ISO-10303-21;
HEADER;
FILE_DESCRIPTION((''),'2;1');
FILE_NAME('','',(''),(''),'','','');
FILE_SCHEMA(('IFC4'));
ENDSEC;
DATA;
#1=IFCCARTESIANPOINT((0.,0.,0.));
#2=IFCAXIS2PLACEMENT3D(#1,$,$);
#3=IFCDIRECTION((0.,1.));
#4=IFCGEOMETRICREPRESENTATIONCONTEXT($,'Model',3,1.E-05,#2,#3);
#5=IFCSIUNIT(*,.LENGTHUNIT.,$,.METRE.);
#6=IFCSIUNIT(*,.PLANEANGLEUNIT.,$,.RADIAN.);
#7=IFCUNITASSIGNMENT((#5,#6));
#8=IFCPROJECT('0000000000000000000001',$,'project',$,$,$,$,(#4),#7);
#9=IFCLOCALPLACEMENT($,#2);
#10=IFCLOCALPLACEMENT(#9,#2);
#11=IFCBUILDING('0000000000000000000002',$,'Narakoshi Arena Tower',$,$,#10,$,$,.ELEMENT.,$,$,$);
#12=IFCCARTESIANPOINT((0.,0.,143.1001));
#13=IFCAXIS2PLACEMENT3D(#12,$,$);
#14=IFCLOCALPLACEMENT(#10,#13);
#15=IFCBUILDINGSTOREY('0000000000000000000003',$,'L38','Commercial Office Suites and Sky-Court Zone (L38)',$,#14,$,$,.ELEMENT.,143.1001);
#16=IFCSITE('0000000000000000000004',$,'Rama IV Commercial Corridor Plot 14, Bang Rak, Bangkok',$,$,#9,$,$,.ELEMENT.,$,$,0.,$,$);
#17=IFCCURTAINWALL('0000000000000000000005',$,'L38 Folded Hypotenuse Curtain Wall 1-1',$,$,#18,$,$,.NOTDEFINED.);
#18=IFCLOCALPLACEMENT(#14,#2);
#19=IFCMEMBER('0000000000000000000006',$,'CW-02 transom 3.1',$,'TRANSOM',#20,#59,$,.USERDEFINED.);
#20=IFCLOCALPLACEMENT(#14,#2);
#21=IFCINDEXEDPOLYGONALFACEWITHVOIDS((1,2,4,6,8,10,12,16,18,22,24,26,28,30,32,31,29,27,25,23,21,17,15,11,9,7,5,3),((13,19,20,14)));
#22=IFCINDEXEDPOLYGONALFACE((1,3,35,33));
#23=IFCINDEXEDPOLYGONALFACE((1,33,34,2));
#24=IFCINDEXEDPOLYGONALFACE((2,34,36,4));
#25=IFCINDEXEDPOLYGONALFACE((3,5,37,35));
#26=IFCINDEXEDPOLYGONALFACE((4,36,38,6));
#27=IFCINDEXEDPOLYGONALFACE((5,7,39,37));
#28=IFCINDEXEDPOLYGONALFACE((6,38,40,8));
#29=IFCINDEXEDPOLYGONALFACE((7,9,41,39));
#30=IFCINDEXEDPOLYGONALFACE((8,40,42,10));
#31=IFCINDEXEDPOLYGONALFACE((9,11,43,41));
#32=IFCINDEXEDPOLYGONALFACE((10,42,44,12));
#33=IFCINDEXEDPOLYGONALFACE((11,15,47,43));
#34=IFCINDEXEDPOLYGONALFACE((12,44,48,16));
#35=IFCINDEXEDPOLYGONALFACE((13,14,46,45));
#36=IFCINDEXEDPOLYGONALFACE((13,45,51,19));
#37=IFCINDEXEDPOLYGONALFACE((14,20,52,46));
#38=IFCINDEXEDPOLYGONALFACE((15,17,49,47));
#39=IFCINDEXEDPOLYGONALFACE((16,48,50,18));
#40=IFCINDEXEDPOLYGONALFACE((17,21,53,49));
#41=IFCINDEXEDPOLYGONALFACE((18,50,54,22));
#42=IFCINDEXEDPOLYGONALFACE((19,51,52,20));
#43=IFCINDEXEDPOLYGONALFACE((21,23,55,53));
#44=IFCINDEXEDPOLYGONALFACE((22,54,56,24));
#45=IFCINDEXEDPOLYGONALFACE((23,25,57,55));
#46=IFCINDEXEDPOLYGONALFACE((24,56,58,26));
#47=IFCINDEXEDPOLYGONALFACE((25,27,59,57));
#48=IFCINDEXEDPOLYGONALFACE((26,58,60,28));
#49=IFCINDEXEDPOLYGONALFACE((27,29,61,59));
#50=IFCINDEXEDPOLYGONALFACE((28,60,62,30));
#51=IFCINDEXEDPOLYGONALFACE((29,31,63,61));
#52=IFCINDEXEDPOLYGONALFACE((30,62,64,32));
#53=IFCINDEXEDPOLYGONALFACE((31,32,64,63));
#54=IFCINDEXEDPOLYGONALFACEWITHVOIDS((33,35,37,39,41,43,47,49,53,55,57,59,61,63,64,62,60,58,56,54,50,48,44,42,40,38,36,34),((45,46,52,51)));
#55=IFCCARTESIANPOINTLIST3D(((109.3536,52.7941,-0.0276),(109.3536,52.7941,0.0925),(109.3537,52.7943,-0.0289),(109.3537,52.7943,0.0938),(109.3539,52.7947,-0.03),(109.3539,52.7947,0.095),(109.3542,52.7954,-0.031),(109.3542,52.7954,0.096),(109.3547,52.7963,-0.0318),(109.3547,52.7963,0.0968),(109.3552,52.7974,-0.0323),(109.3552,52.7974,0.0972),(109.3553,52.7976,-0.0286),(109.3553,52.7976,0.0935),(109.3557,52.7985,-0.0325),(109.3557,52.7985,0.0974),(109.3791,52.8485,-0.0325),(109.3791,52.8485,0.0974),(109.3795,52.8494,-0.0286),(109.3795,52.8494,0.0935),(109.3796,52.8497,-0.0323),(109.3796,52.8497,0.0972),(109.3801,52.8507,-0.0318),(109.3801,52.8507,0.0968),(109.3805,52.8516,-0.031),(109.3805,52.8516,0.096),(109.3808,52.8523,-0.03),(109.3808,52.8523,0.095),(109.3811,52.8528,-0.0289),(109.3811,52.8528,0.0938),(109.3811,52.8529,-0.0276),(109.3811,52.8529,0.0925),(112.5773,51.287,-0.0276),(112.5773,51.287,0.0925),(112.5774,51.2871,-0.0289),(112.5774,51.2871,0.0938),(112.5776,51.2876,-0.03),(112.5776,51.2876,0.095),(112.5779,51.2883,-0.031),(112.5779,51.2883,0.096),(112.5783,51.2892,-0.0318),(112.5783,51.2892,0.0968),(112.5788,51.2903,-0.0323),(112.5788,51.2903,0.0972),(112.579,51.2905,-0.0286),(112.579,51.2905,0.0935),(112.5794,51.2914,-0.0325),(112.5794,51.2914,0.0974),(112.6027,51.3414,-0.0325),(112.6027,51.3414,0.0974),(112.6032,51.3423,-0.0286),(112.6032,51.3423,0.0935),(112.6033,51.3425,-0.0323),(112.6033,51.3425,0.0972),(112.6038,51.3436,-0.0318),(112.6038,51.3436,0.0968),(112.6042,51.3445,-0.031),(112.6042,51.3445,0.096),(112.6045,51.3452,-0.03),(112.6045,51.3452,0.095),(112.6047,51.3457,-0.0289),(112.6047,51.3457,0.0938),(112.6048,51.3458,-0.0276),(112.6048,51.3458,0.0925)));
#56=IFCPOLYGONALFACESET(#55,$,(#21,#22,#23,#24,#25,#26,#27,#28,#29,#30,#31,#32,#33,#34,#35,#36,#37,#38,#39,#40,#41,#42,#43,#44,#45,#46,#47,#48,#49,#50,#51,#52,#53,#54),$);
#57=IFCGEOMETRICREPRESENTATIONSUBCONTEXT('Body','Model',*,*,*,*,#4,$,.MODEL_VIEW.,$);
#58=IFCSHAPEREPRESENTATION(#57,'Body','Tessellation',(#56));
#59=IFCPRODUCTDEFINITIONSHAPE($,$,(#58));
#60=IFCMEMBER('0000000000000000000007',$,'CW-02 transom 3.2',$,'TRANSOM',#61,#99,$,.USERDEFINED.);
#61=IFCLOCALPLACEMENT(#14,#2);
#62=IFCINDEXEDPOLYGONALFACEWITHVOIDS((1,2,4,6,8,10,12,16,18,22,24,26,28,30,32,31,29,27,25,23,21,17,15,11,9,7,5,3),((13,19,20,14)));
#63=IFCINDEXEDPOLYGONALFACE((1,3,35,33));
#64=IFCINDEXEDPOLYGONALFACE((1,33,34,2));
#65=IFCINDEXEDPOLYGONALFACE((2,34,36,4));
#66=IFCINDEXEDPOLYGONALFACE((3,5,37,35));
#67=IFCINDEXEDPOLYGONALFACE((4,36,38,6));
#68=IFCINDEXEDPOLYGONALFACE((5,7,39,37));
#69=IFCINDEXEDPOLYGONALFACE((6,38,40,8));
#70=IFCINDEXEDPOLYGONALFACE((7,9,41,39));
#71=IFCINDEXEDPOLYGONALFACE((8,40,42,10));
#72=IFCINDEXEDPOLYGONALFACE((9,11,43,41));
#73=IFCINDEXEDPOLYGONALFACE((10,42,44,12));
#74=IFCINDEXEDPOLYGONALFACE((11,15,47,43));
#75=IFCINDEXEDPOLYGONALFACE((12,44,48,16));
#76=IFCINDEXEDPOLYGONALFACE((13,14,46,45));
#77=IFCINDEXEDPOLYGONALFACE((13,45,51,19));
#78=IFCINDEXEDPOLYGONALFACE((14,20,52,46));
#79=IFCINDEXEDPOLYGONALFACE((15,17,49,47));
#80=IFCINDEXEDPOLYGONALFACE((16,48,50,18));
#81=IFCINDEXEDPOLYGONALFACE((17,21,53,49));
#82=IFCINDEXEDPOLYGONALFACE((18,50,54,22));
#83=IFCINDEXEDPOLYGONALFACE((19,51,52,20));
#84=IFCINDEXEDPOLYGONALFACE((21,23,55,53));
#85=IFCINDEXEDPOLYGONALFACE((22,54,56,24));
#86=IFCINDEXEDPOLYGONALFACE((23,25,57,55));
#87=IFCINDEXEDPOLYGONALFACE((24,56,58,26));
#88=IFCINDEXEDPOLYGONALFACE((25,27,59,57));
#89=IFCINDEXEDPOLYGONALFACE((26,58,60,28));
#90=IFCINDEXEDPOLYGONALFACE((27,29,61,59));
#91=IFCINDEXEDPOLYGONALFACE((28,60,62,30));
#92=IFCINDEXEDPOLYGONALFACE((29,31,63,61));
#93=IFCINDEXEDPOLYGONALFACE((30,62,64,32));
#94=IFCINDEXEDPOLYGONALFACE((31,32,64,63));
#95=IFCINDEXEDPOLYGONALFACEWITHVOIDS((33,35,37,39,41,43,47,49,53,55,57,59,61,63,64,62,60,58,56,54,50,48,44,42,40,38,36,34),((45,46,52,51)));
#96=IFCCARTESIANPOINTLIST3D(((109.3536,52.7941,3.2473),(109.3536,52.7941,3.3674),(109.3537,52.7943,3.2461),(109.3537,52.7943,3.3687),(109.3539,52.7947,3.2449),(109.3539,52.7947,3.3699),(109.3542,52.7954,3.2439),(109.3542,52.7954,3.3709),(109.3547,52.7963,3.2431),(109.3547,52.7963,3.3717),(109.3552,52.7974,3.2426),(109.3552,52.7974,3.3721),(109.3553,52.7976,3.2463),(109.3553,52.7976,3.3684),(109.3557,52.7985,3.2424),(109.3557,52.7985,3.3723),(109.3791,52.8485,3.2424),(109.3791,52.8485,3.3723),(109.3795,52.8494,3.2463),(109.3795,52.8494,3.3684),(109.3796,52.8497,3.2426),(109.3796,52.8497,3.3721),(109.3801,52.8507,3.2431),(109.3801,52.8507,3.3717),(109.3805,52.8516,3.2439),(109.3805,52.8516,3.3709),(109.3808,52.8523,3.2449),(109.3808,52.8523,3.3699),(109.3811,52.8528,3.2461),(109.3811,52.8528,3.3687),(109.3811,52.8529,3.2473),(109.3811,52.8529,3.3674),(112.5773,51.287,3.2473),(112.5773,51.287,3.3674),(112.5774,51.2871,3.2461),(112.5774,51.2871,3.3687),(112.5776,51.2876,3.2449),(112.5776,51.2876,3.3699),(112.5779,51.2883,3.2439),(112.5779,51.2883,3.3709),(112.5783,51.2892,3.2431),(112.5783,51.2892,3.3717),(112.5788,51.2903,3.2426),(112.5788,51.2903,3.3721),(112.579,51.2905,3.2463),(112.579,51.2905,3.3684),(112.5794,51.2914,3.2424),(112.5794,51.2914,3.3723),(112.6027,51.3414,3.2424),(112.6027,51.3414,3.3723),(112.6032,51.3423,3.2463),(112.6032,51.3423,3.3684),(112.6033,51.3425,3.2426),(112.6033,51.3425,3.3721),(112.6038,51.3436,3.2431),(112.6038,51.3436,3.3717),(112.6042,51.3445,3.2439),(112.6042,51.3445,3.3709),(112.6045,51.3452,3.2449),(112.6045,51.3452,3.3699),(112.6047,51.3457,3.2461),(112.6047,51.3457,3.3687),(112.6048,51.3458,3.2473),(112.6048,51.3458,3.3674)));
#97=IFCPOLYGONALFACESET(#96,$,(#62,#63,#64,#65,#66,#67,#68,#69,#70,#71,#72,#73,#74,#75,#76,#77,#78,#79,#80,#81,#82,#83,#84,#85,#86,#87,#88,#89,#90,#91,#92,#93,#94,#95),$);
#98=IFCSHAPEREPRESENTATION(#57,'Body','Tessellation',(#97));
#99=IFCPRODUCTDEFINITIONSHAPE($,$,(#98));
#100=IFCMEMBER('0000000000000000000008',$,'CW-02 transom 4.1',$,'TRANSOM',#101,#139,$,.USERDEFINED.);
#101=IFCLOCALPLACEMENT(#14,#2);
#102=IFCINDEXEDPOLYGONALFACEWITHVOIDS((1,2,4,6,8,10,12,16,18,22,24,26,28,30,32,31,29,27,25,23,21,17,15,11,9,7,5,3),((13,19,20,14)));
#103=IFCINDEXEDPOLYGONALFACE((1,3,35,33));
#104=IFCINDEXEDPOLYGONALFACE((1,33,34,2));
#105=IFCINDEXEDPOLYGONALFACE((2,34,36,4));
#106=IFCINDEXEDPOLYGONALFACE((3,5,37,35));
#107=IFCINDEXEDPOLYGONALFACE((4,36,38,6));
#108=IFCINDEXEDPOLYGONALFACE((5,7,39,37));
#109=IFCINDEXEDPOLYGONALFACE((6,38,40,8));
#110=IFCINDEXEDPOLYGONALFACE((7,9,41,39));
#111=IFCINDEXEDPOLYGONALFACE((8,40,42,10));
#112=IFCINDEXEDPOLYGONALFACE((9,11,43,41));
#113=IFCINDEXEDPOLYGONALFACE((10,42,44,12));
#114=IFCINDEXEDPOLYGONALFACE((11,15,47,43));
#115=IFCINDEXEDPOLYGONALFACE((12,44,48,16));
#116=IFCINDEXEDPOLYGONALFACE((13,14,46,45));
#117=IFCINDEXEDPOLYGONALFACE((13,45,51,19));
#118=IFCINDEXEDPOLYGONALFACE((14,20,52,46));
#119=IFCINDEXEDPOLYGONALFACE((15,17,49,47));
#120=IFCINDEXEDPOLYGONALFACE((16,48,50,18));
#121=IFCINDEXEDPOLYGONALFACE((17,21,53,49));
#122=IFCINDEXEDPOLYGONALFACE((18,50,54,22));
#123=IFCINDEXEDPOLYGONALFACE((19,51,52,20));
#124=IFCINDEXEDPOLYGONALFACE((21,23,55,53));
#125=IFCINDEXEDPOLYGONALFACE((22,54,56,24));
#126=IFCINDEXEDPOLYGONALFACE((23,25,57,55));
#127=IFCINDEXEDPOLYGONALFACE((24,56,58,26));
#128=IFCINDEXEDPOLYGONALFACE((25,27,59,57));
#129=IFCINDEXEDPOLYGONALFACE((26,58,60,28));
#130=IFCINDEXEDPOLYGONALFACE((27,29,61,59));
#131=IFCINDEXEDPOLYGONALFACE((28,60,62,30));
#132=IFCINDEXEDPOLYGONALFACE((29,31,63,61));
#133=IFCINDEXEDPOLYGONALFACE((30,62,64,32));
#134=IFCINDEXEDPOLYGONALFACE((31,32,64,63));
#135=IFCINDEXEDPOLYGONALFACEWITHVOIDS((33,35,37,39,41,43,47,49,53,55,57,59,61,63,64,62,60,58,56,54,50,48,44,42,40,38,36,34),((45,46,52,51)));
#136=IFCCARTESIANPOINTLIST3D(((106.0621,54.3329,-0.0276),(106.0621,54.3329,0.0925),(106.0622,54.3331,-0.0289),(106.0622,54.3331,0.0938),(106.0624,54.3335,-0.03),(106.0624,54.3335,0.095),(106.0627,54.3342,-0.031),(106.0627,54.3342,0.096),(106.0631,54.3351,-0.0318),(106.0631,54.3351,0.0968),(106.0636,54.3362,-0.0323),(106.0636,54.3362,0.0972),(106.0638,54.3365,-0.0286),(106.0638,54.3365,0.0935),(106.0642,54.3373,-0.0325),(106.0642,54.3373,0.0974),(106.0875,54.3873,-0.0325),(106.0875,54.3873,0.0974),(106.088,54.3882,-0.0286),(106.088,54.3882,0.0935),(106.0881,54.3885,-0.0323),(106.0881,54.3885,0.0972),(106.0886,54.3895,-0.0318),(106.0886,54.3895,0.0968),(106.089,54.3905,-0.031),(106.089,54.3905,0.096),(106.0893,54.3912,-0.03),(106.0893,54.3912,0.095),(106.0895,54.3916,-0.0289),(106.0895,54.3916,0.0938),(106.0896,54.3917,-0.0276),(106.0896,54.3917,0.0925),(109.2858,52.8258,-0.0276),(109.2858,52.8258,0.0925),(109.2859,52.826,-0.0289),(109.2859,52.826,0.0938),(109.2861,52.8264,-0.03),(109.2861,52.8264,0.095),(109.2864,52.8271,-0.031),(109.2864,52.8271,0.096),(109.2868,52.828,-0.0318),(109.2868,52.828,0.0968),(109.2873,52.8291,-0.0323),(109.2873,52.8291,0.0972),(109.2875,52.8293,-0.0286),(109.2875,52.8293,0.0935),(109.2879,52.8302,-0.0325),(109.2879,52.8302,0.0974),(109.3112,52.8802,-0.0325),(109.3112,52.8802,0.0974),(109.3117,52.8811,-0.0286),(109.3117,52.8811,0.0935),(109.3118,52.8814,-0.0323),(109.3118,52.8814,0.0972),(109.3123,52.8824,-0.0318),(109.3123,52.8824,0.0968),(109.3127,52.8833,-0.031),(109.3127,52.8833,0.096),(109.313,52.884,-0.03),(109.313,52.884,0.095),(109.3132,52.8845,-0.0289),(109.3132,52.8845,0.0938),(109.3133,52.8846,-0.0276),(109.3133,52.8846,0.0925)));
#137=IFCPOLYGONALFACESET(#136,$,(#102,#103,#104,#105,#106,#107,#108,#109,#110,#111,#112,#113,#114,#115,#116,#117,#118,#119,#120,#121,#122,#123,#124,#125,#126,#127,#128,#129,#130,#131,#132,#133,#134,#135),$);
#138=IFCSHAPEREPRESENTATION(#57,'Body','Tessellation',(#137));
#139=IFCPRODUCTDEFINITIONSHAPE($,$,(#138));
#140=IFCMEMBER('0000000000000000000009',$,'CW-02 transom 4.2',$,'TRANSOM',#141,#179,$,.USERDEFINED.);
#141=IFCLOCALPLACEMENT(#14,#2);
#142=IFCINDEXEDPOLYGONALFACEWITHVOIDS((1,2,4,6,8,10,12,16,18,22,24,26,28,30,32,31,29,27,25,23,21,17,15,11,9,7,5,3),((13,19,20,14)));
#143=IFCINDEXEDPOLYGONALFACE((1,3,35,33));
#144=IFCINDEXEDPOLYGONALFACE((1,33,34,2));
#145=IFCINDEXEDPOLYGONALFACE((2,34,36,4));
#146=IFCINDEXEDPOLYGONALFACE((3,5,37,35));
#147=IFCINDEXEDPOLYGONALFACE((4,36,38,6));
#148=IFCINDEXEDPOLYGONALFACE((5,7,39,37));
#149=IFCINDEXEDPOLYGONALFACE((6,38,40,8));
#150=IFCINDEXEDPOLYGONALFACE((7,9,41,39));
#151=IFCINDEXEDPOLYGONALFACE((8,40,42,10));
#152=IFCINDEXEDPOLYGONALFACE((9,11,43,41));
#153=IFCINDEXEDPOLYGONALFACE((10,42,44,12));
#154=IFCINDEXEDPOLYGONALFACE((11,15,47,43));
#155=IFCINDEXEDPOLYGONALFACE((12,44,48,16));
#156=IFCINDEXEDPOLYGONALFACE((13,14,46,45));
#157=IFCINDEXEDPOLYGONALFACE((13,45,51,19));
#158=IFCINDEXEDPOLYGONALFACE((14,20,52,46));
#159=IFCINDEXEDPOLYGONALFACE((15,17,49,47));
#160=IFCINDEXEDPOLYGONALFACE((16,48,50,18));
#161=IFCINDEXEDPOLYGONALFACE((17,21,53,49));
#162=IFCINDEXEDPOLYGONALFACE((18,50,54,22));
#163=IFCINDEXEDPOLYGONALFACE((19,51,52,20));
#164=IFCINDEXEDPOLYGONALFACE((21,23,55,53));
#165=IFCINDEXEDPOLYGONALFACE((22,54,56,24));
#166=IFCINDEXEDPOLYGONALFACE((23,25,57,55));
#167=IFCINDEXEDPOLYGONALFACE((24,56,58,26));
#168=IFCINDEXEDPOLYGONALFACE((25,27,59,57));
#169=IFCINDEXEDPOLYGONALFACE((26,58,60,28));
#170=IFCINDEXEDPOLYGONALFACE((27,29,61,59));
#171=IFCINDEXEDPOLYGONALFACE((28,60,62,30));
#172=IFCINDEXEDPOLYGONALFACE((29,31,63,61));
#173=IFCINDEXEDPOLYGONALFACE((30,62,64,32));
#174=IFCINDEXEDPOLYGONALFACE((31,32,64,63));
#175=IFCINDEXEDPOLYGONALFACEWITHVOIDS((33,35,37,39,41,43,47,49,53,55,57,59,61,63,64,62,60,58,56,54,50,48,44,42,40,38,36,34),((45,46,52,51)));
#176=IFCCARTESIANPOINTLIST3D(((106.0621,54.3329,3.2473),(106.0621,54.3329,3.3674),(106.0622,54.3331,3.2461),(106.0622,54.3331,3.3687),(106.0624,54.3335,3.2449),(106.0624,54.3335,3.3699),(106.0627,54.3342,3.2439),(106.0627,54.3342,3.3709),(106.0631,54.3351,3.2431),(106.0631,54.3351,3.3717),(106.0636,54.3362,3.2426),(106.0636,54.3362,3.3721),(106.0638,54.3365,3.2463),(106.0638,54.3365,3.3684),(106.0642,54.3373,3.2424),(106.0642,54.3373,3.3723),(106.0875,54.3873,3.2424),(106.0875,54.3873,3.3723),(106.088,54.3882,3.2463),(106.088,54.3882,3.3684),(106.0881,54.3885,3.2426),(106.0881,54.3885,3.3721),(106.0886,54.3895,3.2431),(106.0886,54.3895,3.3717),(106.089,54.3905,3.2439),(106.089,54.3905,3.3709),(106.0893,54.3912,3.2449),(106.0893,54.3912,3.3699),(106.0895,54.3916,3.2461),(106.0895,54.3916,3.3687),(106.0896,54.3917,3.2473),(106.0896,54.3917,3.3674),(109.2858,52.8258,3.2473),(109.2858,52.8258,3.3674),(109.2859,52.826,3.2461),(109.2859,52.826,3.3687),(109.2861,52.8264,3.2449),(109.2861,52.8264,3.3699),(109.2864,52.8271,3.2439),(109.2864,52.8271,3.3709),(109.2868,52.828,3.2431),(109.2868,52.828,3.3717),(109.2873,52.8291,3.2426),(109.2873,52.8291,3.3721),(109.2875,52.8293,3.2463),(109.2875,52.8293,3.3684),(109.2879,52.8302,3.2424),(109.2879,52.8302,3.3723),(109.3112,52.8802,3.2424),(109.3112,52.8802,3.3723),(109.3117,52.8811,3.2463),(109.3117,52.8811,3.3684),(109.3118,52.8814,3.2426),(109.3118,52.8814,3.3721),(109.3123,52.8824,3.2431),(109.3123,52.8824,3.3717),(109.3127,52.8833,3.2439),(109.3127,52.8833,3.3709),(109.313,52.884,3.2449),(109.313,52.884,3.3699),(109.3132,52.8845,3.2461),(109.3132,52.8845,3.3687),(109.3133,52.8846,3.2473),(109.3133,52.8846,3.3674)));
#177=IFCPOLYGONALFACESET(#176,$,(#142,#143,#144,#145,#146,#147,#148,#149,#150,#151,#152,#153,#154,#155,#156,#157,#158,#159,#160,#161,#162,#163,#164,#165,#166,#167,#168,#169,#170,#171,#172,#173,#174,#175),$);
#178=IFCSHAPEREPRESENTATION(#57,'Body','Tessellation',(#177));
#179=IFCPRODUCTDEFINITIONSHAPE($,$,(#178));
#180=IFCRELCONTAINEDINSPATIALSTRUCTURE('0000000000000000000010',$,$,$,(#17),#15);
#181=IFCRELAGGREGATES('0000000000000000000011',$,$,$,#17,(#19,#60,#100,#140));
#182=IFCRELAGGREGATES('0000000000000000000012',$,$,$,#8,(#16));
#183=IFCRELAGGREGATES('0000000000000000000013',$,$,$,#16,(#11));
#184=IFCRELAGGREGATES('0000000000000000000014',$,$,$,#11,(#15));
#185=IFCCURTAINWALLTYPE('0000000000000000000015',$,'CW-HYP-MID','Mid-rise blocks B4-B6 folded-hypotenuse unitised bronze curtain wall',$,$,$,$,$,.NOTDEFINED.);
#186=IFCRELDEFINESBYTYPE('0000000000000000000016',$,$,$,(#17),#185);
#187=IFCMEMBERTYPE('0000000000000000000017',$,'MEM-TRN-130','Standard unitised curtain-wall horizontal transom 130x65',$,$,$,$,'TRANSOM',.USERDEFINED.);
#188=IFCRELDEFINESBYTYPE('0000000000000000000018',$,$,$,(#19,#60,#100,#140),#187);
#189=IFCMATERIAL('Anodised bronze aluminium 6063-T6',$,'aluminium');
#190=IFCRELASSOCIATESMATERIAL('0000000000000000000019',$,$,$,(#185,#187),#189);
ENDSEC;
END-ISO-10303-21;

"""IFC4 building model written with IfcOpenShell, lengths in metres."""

from ifc_helpers import new_model, si_unit, direction, frame, origin, origin_2d, place, context, subcontext, project, spatial, hollow_rectangle, extrude, material, material_profile, profile_set, type_object, element, aggregate, save


model = new_model("IFC4")

# Units and contexts
model_context = context("Model", 3, precision=1e-05, world=origin(), true_north=direction((0.0, 1.0)))
body_context = subcontext(model_context, "Body", "Model", "MODEL_VIEW")
ifc_project = project(units=[si_unit("LENGTHUNIT", "METRE"), si_unit("PLANEANGLEUNIT", "RADIAN")], contexts=[model_context])

# Site, building, storey
site_placement = place(None, origin())
site = spatial("IfcSite", under=ifc_project, at=site_placement, Name="Rama IV Commercial Corridor Plot 14, Bang Rak, Bangkok", CompositionType="ELEMENT", RefElevation=0.0)
building_placement = place(site_placement, origin())
building = spatial("IfcBuilding", under=site, at=building_placement, Name="Narakoshi Arena Tower", CompositionType="ELEMENT")
storey_placement = place(building_placement, frame((0.0, 0.0, 143.1001)))
storey = spatial("IfcBuildingStorey", under=building, at=storey_placement, Name="L38", Description="Commercial Office Suites and Sky-Court Zone (L38)", CompositionType="ELEMENT", Elevation=143.1001)

# Curtain wall, members
ifc_material_1 = material(Name="Anodised bronze aluminium 6063-T6", Category="aluminium")
curtain_wall_type = type_object("IfcCurtainWallType", Name="CW-HYP-MID", Description="Mid-rise blocks B4-B6 folded-hypotenuse unitised bronze curtain wall", PredefinedType="NOTDEFINED", material=ifc_material_1)
curtain_wall_placement = place(storey_placement, origin())
curtain_wall = element("IfcCurtainWall", 1, at=curtain_wall_placement, inside=storey, type_object=curtain_wall_type, Name="L38 Folded Hypotenuse Curtain Wall 1-1", PredefinedType="NOTDEFINED")
ifc_material_profile_1 = material_profile(ifc_material_1, hollow_rectangle(XDim=0.0649, YDim=0.1299, WallThickness=0.0039, OuterFilletRadius=0.0049, at=origin_2d()), Name="TRN130x65x4")
ifc_profile_set_1 = profile_set([ifc_material_profile_1], Name="Anodised bronze aluminium 6063-T6")
member_type_1 = type_object("IfcMemberType", Name="MEM-TRN-130", Description="Standard unitised curtain-wall horizontal transom 130x65", ElementType="TRANSOM", PredefinedType="USERDEFINED", material=ifc_profile_set_1)
member_1_placement = place(storey_placement, frame((112.5911, 51.3164, 0.0325), z_axis=(-0.90589, 0.423513, 0.0), x_axis=(-0.423513, -0.90589, 0.0)))
member_1 = element("IfcMember", 2, at=member_1_placement, type_object=member_type_1, Name="CW-02 transom 3.1", ObjectType="TRANSOM", PredefinedType="USERDEFINED", context=body_context, shape_type="SweptSolid", body=[
    extrude(hollow_rectangle(XDim=0.0649, YDim=0.1299, WallThickness=0.0039, OuterFilletRadius=0.0049, at=origin_2d()), origin(), (0.0, 0.0, 1.0), 3.5586),
])
member_2_placement = place(storey_placement, frame((112.5911, 51.3164, 3.3074), z_axis=(-0.90589, 0.423513, 0.0), x_axis=(-0.423513, -0.90589, 0.0)))
member_2 = element("IfcMember", 3, at=member_2_placement, type_object=member_type_1, Name="CW-02 transom 3.2", ObjectType="TRANSOM", PredefinedType="USERDEFINED", context=body_context, shape_type="SweptSolid", body=[
    extrude(hollow_rectangle(XDim=0.0649, YDim=0.1299, WallThickness=0.0039, OuterFilletRadius=0.0049, at=origin_2d()), origin(), (0.0, 0.0, 1.0), 3.5586),
])
member_3_placement = place(storey_placement, frame((109.2996, 52.8552, 0.0325), z_axis=(-0.90589, 0.423513, 0.0), x_axis=(-0.423513, -0.90589, 0.0)))
member_3 = element("IfcMember", 4, at=member_3_placement, type_object=member_type_1, Name="CW-02 transom 4.1", ObjectType="TRANSOM", PredefinedType="USERDEFINED", context=body_context, shape_type="SweptSolid", body=[
    extrude(hollow_rectangle(XDim=0.0649, YDim=0.1299, WallThickness=0.0039, OuterFilletRadius=0.0049, at=origin_2d()), origin(), (0.0, 0.0, 1.0), 3.5586),
])
member_4_placement = place(storey_placement, frame((109.2996, 52.8552, 3.3074), z_axis=(-0.90589, 0.423513, 0.0), x_axis=(-0.423513, -0.90589, 0.0)))
member_4 = element("IfcMember", 5, at=member_4_placement, type_object=member_type_1, Name="CW-02 transom 4.2", ObjectType="TRANSOM", PredefinedType="USERDEFINED", context=body_context, shape_type="SweptSolid", body=[
    extrude(hollow_rectangle(XDim=0.0649, YDim=0.1299, WallThickness=0.0039, OuterFilletRadius=0.0049, at=origin_2d()), origin(), (0.0, 0.0, 1.0), 3.5586),
])
aggregate(curtain_wall, [member_1, member_2, member_3, member_4])

save(model, "model.ifc")
